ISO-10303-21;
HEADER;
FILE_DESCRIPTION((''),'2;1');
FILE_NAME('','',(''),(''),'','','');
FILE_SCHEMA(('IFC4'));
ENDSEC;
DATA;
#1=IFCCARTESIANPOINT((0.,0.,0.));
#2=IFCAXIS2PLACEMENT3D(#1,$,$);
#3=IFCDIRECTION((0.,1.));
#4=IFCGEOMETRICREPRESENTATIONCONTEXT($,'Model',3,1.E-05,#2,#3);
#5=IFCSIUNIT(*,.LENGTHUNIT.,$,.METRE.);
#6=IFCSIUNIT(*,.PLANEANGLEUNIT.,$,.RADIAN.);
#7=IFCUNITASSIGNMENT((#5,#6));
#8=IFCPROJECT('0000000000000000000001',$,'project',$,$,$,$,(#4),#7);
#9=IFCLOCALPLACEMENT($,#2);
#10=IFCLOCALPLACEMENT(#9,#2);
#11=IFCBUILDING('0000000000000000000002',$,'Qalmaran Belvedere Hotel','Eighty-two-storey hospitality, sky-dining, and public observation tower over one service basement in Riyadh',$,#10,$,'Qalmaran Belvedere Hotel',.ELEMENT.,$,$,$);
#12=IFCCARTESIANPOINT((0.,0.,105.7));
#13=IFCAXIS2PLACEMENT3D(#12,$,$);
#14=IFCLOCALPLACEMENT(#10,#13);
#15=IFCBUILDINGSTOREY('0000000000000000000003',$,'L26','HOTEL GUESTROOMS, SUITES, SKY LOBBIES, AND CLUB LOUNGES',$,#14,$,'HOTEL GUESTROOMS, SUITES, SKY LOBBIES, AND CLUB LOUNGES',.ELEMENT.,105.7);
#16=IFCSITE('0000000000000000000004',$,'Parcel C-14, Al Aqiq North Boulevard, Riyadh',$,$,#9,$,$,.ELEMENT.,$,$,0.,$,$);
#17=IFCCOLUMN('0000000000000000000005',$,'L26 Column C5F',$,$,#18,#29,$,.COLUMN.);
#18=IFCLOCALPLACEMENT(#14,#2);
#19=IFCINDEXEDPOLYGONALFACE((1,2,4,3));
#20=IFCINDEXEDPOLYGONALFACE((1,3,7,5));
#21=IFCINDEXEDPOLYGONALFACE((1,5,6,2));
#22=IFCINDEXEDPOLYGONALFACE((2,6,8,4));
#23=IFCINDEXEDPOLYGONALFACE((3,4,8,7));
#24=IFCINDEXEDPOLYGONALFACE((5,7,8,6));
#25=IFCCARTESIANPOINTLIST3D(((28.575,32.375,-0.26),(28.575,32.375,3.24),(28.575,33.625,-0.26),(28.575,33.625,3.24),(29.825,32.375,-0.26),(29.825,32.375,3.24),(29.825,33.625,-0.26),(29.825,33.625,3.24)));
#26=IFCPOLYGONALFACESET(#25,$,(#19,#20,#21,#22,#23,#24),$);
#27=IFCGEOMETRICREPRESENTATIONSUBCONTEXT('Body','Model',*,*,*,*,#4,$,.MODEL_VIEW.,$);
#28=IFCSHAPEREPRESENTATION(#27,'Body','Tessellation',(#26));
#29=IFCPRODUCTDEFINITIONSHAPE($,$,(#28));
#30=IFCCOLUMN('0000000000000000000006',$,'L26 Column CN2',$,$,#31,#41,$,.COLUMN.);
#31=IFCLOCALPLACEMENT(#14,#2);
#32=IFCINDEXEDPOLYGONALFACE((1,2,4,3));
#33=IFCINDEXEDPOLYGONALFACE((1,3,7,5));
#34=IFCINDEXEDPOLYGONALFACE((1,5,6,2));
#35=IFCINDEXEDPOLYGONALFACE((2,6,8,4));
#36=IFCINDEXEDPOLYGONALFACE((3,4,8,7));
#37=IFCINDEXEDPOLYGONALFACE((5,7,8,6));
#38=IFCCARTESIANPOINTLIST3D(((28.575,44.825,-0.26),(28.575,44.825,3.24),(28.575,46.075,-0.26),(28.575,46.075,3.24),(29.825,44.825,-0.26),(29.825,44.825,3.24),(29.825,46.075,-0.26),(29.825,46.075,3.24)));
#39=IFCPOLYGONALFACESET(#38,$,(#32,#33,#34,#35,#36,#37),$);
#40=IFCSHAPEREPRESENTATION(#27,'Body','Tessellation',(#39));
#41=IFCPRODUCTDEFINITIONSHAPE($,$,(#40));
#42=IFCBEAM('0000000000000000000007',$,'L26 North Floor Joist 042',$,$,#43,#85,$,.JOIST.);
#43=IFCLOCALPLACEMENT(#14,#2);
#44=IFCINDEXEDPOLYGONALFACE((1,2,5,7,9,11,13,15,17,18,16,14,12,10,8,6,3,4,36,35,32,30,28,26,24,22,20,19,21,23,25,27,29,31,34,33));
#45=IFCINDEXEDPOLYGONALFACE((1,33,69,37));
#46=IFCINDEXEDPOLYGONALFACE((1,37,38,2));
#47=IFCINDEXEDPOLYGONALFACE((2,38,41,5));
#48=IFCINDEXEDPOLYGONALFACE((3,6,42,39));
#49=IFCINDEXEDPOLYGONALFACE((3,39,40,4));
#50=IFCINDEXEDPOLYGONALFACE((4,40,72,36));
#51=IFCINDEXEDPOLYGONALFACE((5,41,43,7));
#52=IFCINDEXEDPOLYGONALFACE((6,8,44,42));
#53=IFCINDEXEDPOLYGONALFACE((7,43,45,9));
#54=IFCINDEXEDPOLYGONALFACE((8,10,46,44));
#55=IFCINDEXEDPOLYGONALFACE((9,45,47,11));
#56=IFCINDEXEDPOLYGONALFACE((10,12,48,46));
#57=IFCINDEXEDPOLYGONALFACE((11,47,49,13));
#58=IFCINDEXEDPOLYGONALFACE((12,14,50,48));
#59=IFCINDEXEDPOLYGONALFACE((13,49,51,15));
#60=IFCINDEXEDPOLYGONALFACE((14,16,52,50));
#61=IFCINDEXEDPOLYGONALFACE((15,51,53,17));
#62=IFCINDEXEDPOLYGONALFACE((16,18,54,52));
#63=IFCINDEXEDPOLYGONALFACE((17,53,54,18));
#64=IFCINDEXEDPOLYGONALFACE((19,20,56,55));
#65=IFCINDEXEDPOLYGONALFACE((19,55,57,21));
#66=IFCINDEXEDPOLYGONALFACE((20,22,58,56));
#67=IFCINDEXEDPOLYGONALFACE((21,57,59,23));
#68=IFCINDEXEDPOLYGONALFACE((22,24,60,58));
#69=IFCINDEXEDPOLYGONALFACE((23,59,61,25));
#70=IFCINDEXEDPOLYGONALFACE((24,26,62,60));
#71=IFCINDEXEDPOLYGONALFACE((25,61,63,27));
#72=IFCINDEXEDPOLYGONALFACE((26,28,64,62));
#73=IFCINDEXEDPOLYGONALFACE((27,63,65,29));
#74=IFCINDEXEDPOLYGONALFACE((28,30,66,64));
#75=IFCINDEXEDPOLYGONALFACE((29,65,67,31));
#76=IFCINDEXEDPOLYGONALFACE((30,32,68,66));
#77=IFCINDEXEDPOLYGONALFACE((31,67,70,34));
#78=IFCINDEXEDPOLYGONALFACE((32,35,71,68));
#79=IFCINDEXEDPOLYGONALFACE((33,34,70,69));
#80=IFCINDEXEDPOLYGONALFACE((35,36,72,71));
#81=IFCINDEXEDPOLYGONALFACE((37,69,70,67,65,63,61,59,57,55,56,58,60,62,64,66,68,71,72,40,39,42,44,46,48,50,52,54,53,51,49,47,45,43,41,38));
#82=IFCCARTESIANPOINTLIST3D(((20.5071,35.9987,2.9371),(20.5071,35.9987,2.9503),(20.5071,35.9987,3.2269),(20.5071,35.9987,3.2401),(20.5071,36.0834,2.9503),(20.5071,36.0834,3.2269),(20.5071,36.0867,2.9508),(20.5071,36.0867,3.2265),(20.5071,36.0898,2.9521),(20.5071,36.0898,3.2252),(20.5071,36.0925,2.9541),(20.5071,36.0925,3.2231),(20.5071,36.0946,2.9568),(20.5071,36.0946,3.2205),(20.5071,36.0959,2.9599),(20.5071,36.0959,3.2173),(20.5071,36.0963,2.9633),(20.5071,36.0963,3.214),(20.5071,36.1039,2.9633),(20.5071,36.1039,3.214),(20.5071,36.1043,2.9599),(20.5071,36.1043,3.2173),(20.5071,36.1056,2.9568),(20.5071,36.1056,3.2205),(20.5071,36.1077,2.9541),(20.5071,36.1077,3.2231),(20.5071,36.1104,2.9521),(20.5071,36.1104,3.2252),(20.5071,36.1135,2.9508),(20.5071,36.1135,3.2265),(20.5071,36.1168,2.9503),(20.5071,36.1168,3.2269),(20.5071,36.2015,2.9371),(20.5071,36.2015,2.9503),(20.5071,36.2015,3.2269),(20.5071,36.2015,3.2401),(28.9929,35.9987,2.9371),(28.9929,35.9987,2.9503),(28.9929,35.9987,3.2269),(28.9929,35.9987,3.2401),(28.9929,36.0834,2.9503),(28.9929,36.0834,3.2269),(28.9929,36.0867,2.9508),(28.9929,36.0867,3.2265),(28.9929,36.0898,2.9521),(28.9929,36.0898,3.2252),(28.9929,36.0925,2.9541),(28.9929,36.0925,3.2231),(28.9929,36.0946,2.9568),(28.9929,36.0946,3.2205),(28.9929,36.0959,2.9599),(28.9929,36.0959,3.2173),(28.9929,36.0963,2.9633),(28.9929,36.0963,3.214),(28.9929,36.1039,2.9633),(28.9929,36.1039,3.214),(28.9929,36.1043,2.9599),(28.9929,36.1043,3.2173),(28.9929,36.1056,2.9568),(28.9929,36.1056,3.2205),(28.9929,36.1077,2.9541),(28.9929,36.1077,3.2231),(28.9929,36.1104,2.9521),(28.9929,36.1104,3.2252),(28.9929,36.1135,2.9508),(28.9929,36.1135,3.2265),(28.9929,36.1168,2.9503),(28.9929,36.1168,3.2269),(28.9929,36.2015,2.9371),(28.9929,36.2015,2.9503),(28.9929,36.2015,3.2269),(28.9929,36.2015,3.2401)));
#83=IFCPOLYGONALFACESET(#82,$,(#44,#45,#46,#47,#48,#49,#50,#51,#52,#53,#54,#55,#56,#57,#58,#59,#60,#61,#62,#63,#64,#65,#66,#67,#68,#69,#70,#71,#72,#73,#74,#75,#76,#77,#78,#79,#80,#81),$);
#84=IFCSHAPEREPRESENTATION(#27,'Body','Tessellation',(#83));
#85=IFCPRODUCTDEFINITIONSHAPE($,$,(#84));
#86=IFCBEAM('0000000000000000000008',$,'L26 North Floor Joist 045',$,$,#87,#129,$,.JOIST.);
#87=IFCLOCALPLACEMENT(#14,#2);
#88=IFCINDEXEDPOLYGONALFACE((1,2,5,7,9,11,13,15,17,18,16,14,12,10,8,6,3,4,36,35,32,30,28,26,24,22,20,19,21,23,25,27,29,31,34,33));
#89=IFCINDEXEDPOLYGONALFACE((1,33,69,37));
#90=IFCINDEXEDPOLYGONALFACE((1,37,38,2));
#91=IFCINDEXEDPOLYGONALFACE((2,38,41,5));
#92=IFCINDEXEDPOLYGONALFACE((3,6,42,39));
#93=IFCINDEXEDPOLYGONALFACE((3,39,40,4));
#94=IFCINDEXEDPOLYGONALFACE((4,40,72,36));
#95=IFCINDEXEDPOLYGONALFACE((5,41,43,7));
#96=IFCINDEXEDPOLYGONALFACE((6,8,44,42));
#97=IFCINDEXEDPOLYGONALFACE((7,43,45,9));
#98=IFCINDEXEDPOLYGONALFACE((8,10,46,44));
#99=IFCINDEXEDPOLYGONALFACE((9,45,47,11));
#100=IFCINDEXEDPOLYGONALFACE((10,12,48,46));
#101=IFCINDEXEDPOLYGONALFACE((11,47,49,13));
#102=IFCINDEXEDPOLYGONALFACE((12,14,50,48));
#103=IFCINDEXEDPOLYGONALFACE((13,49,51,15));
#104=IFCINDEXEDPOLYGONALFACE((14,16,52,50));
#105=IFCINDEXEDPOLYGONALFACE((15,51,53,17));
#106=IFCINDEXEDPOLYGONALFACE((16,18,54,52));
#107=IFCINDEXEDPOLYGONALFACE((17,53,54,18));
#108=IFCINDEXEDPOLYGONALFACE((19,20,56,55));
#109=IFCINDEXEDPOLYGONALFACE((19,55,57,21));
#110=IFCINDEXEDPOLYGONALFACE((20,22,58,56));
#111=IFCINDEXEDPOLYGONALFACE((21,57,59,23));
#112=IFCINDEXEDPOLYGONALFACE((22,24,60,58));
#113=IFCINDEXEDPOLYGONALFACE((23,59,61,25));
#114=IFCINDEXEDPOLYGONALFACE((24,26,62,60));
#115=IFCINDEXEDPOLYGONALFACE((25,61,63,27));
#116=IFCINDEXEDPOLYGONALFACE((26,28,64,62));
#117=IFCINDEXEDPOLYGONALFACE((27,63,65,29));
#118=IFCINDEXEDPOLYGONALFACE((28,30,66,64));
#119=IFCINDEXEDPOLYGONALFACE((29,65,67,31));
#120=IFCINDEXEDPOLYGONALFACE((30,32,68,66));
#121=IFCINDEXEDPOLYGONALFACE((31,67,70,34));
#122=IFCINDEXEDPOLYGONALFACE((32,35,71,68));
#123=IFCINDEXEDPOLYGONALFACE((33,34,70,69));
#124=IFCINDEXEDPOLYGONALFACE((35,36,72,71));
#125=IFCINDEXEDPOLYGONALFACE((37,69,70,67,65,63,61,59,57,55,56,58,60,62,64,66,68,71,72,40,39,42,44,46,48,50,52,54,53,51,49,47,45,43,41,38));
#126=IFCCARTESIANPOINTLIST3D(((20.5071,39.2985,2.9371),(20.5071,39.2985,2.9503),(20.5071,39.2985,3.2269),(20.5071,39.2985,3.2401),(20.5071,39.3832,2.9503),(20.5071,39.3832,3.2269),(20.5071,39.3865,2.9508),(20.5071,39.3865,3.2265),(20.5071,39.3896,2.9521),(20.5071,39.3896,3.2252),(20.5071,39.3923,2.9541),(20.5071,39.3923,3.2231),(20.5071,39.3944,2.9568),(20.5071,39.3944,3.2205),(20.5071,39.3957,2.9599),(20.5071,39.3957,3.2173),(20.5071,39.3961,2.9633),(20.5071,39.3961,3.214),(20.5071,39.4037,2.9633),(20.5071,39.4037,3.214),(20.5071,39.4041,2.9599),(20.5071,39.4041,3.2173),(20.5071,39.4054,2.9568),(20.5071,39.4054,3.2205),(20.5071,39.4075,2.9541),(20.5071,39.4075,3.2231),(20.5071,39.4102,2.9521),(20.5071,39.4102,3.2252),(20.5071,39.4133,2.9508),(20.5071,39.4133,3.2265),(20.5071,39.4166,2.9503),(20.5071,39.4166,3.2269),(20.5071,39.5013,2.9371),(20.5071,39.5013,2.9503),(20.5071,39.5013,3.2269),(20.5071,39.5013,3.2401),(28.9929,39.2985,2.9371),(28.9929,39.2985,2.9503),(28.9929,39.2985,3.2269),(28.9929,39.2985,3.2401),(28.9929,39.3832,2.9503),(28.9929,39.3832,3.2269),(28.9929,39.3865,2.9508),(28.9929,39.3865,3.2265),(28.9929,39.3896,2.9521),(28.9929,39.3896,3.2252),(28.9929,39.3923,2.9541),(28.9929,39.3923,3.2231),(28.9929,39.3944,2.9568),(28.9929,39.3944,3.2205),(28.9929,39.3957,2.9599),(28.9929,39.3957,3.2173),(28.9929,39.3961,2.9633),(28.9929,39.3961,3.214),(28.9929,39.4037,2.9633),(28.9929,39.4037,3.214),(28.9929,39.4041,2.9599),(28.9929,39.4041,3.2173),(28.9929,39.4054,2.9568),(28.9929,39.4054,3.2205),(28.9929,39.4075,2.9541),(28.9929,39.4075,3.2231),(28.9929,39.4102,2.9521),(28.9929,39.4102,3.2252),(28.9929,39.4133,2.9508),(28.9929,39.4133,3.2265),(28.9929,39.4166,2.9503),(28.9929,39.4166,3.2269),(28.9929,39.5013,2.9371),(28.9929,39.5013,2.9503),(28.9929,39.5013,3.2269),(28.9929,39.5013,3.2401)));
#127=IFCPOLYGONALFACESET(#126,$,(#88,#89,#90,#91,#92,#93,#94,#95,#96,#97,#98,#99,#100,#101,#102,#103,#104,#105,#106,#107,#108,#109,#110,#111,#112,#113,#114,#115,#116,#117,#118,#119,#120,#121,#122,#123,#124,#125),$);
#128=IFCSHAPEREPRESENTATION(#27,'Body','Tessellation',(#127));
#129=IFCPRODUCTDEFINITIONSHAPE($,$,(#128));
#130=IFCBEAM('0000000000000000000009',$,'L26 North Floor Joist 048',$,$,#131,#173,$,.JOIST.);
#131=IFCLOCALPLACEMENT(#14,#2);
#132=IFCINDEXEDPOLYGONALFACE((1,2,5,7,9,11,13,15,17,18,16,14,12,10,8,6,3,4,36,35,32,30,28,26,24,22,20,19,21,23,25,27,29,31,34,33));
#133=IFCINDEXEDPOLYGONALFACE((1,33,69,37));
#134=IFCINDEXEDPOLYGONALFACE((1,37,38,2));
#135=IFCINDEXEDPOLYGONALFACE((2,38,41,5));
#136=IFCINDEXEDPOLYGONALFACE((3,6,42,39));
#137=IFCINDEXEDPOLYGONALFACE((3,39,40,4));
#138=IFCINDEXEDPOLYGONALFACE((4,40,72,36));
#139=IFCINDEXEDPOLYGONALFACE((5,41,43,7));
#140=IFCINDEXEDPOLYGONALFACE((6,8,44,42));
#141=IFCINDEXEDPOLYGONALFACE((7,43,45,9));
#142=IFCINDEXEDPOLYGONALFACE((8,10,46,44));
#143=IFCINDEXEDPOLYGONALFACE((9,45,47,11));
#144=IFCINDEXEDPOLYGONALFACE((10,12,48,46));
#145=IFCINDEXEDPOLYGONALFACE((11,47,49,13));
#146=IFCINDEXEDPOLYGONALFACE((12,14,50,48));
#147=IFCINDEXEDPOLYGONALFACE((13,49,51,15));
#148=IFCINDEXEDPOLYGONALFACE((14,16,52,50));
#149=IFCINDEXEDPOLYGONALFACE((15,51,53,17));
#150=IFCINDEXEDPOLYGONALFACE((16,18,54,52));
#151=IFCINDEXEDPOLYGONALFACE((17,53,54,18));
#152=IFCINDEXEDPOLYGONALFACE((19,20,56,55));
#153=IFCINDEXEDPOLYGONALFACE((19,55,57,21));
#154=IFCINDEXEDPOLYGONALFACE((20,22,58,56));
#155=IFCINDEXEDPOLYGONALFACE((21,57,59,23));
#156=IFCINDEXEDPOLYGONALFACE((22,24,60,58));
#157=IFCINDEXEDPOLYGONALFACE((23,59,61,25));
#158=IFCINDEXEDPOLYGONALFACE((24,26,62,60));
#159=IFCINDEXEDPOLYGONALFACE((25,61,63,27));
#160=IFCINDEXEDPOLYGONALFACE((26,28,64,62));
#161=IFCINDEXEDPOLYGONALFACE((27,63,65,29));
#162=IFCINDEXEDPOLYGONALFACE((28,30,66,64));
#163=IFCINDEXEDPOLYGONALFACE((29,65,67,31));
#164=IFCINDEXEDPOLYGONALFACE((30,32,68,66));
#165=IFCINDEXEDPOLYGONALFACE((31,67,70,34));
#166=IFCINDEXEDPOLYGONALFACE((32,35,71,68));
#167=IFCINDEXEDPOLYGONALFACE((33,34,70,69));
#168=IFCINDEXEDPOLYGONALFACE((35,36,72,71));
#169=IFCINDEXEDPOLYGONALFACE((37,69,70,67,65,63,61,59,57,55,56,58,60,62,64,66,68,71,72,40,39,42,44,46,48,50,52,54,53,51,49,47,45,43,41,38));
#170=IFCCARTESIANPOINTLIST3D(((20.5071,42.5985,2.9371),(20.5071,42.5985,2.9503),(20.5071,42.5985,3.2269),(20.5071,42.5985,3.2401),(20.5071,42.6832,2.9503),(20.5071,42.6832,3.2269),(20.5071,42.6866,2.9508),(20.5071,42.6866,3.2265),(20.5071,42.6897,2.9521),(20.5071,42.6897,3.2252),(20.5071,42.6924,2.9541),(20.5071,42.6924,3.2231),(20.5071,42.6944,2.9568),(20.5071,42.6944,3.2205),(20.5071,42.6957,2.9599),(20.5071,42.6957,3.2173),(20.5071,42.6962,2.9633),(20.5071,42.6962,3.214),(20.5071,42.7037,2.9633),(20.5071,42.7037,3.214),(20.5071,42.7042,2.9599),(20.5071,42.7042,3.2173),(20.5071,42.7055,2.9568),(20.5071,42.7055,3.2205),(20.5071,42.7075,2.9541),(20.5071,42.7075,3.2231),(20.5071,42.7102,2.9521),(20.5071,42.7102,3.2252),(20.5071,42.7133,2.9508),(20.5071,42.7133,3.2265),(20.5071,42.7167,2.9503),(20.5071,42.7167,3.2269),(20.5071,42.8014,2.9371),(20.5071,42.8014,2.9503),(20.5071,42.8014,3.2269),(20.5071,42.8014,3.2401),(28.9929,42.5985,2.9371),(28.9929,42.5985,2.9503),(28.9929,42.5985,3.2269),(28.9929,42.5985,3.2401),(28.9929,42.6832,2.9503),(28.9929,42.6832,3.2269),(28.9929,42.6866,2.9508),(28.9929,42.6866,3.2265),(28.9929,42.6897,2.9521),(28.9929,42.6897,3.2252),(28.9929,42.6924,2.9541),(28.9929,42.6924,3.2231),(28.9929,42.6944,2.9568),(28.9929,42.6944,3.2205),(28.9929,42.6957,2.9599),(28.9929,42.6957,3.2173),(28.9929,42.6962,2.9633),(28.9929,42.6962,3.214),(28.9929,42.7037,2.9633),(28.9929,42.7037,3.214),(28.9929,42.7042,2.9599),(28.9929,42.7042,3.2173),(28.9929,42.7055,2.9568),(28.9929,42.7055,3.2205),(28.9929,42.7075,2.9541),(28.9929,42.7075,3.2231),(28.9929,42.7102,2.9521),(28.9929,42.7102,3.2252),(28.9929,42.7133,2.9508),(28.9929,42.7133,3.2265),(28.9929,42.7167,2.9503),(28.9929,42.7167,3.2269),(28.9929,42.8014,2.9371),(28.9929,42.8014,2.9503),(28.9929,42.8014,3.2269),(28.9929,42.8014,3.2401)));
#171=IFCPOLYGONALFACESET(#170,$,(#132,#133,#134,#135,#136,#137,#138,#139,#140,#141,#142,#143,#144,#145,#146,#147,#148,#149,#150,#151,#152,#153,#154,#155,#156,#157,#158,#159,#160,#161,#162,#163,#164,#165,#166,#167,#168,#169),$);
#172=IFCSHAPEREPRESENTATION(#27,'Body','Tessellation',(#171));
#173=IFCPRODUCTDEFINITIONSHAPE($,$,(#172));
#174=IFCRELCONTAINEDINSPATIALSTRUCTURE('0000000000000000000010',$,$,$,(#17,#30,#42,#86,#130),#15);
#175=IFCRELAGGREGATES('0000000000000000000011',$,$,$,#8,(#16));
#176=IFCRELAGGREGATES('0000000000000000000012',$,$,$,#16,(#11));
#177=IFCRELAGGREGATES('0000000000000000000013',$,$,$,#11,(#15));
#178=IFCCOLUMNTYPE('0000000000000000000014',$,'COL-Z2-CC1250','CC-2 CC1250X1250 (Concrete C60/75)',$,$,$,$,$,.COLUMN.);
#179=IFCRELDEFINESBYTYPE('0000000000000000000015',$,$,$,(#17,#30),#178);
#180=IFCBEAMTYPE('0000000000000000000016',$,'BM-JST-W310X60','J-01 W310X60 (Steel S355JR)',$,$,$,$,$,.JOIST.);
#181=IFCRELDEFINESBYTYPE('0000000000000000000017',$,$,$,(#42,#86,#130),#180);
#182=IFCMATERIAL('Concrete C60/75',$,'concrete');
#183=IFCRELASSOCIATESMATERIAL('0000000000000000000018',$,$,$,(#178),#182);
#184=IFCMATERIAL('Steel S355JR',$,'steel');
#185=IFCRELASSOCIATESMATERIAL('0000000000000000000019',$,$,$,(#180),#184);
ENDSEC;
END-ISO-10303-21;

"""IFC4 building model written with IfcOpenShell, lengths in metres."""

from ifc_helpers import new_model, si_unit, direction, frame, origin, origin_2d, place, context, subcontext, project, spatial, rectangle, i_section, extrude, material, material_profile, profile_set, type_object, element, save


model = new_model("IFC4")

# Units and contexts
model_context = context("Model", 3, precision=1e-05, world=origin(), true_north=direction((0.0, 1.0)))
body_context = subcontext(model_context, "Body", "Model", "MODEL_VIEW")
ifc_project = project(units=[si_unit("LENGTHUNIT", "METRE"), si_unit("PLANEANGLEUNIT", "RADIAN")], contexts=[model_context])

# Site, building, storey
site_placement = place(None, origin())
site = spatial("IfcSite", under=ifc_project, at=site_placement, Name="Parcel C-14, Al Aqiq North Boulevard, Riyadh", CompositionType="ELEMENT", RefElevation=0.0)
building_placement = place(site_placement, origin())
building = spatial("IfcBuilding", under=site, at=building_placement, Name="Qalmaran Belvedere Hotel", Description="Eighty-two-storey hospitality, sky-dining, and public observation tower over one service basement in Riyadh", LongName="Qalmaran Belvedere Hotel", CompositionType="ELEMENT")
storey_placement = place(building_placement, frame((0.0, 0.0, 105.7)))
storey = spatial("IfcBuildingStorey", under=building, at=storey_placement, Name="L26", Description="HOTEL GUESTROOMS, SUITES, SKY LOBBIES, AND CLUB LOUNGES", LongName="HOTEL GUESTROOMS, SUITES, SKY LOBBIES, AND CLUB LOUNGES", CompositionType="ELEMENT", Elevation=105.7)

# Columns
ifc_material_1 = material(Name="Concrete C60/75", Category="concrete")
ifc_material_profile_1 = material_profile(ifc_material_1, rectangle(XDim=1.25, YDim=1.25, at=origin_2d()), Name="CC1250X1250")
ifc_profile_set_1 = profile_set([ifc_material_profile_1], Name="Concrete C60/75")
column_type = type_object("IfcColumnType", Name="COL-Z2-CC1250", Description="CC-2 CC1250X1250 (Concrete C60/75)", PredefinedType="COLUMN", material=ifc_profile_set_1)
for number, where, z_axis, x_axis, name in (
    (1, (29.2, 33.0, -0.26), (0.0, 0.0, 1.0), (1.0, 0.0, 0.0), "L26 Column C5F"),
    (2, (29.2, 45.45, -0.26), (0.0, 0.0, 1.0), (1.0, 0.0, 0.0), "L26 Column CN2"),
):
    element("IfcColumn", number, at=place(storey_placement, frame(where, z_axis=z_axis, x_axis=x_axis)), inside=storey, type_object=column_type, Name=name, PredefinedType="COLUMN", context=body_context, shape_type="SweptSolid", body=[
        extrude(rectangle(XDim=1.25, YDim=1.25, at=origin_2d()), origin(), (0.0, 0.0, 1.0), 3.5),
    ])

# Beams
ifc_material_2 = material(Name="Steel S355JR", Category="steel")
ifc_material_profile_2 = material_profile(ifc_material_2, i_section(OverallWidth=0.2029, OverallDepth=0.303, WebThickness=0.0076, FlangeThickness=0.0132, FilletRadius=0.0129, at=origin_2d()), Name="W310X60")
ifc_profile_set_2 = profile_set([ifc_material_profile_2], Name="Steel S355JR")
beam_type_1 = type_object("IfcBeamType", Name="BM-JST-W310X60", Description="J-01 W310X60 (Steel S355JR)", PredefinedType="JOIST", material=ifc_profile_set_2)
for number, where, z_axis, x_axis, name in (
    (3, (20.5071, 36.1001, 3.0886), (1.0, 0.0, 0.0), (0.0, 1.0, 0.0), "L26 North Floor Joist 042"),
    (4, (20.5071, 39.3999, 3.0886), (1.0, 0.0, 0.0), (0.0, 1.0, 0.0), "L26 North Floor Joist 045"),
    (5, (20.5071, 42.7, 3.0886), (1.0, 0.0, 0.0), (0.0, 1.0, 0.0), "L26 North Floor Joist 048"),
):
    element("IfcBeam", number, at=place(storey_placement, frame(where, z_axis=z_axis, x_axis=x_axis)), inside=storey, type_object=beam_type_1, Name=name, PredefinedType="JOIST", context=body_context, shape_type="SweptSolid", body=[
        extrude(i_section(OverallWidth=0.2029, OverallDepth=0.303, WebThickness=0.0076, FlangeThickness=0.0132, FilletRadius=0.0129, at=origin_2d()), origin(), (0.0, 0.0, 1.0), 8.4858),
    ])

save(model, "model.ifc")
